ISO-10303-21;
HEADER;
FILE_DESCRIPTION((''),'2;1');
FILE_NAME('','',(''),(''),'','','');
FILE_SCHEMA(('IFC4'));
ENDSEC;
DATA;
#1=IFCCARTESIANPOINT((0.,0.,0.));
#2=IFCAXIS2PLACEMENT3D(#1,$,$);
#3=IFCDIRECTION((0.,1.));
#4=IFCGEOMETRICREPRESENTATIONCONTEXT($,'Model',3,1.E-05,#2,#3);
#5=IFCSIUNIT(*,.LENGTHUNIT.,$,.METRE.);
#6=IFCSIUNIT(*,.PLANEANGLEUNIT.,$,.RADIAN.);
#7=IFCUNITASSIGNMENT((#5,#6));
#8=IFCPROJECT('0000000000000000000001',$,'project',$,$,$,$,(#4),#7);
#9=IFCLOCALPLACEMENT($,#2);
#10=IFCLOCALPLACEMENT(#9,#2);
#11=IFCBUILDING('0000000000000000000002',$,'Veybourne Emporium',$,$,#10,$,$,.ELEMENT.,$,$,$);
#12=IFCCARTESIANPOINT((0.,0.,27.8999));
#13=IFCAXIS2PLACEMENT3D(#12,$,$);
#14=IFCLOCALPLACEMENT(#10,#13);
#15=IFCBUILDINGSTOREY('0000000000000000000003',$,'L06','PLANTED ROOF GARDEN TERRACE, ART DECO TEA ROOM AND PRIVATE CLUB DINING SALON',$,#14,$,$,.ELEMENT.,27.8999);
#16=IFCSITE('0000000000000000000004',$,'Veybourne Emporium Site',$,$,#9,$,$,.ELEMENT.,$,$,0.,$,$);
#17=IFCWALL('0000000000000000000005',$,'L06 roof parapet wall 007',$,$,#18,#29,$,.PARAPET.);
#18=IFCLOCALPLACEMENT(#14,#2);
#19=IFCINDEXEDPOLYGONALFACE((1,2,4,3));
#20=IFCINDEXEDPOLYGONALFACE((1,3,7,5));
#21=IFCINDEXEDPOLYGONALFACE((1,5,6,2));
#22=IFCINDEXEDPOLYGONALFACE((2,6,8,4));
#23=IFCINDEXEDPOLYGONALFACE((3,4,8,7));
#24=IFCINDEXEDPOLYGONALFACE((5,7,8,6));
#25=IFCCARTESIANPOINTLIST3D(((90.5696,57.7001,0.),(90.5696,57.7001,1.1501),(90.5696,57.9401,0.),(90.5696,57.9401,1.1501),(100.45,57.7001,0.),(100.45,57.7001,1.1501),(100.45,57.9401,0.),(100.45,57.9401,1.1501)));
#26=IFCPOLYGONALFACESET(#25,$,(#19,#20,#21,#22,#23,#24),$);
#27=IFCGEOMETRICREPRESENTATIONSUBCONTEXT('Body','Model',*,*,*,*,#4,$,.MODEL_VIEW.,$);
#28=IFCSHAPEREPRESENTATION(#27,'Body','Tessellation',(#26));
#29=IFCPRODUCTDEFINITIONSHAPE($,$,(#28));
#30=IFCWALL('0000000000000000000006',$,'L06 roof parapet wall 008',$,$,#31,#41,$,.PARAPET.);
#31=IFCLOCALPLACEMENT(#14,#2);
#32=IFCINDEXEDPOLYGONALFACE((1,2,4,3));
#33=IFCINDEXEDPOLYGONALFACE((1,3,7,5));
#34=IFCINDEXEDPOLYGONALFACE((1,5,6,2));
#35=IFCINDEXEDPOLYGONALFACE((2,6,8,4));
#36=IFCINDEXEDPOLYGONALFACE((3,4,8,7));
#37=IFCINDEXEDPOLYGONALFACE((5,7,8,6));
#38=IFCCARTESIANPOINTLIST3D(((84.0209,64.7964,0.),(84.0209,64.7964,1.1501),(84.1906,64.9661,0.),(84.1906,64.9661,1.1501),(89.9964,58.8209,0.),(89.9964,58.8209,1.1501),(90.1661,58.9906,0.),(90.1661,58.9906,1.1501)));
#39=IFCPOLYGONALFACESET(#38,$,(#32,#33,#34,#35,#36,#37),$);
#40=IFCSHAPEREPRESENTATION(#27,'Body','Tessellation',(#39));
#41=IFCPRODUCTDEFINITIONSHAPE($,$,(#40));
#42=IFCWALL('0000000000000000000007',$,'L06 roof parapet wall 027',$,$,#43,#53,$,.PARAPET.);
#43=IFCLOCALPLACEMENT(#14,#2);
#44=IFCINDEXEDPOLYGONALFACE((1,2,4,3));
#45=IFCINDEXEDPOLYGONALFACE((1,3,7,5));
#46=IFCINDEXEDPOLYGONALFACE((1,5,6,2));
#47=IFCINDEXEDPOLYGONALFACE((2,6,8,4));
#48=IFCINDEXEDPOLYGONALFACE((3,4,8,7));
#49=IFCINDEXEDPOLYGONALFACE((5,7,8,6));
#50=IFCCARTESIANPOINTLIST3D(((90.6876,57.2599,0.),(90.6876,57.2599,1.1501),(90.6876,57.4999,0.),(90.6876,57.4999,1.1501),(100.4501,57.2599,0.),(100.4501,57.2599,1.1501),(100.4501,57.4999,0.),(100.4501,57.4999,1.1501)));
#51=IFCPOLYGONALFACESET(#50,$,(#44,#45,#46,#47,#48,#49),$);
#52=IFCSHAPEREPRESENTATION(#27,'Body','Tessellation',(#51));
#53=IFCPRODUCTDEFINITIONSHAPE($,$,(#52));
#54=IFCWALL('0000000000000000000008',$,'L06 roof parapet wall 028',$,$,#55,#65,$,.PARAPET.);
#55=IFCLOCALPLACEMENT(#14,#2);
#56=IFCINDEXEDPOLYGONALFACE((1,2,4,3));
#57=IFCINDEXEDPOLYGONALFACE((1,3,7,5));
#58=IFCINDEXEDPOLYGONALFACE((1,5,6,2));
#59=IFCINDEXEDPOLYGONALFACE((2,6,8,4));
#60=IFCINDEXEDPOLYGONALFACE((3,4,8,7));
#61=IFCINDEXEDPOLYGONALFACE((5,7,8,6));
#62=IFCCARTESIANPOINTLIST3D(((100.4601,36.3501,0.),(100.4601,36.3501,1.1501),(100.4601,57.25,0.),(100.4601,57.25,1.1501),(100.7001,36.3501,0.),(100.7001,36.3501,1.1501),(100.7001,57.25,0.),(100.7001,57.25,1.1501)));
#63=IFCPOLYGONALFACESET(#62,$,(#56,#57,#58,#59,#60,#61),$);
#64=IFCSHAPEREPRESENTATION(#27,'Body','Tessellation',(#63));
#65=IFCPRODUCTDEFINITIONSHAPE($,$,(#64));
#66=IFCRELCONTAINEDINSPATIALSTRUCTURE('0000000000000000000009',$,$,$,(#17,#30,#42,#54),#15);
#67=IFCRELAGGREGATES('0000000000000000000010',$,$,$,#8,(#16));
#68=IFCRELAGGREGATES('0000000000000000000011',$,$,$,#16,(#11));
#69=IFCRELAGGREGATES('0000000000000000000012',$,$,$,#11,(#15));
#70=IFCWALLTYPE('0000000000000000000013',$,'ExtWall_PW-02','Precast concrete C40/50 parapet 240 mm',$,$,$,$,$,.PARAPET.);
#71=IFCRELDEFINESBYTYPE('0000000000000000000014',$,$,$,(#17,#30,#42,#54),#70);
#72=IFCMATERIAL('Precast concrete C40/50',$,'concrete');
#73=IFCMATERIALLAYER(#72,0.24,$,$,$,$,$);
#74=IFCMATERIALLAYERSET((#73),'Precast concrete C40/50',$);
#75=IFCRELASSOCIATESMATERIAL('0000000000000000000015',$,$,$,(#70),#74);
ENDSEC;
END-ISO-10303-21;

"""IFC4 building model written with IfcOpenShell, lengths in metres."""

from ifc_helpers import new_model, si_unit, direction, frame, frame_2d, origin, place, context, subcontext, project, spatial, rectangle, extrude, material, layer, layer_set, type_object, element, save


model = new_model("IFC4")

# Units and contexts
model_context = context("Model", 3, precision=1e-05, world=origin(), true_north=direction((0.0, 1.0)))
body_context = subcontext(model_context, "Body", "Model", "MODEL_VIEW")
ifc_project = project(units=[si_unit("LENGTHUNIT", "METRE"), si_unit("PLANEANGLEUNIT", "RADIAN")], contexts=[model_context])

# Site, building, storey
site_placement = place(None, origin())
site = spatial("IfcSite", under=ifc_project, at=site_placement, Name="Veybourne Emporium Site", CompositionType="ELEMENT", RefElevation=0.0)
building_placement = place(site_placement, origin())
building = spatial("IfcBuilding", under=site, at=building_placement, Name="Veybourne Emporium", CompositionType="ELEMENT")
storey_placement = place(building_placement, frame((0.0, 0.0, 27.8999)))
storey = spatial("IfcBuildingStorey", under=building, at=storey_placement, Name="L06", Description="PLANTED ROOF GARDEN TERRACE, ART DECO TEA ROOM AND PRIVATE CLUB DINING SALON", CompositionType="ELEMENT", Elevation=27.8999)

# Walls
ifc_material_1 = material(Name="Precast concrete C40/50", Category="concrete")
ifc_layer_1 = layer(ifc_material_1, 0.24)
ifc_layer_set_1 = layer_set([ifc_layer_1], Name="Precast concrete C40/50")
wall_type = type_object("IfcWallType", Name="ExtWall_PW-02", Description="Precast concrete C40/50 parapet 240 mm", PredefinedType="PARAPET", material=ifc_layer_set_1)
wall_1_placement = place(storey_placement, frame((100.45, 57.8201, 0.0), z_axis=(0.0, 0.0, 1.0), x_axis=(-1.0, 0.0, 0.0)))
element("IfcWall", 1, at=wall_1_placement, inside=storey, type_object=wall_type, Name="L06 roof parapet wall 007", PredefinedType="PARAPET", context=body_context, shape_type="SweptSolid", body=[
    extrude(rectangle(XDim=9.8804, YDim=0.24, at=frame_2d((4.9402, 0.0))), origin(), (0.0, 0.0, 1.0), 1.1501),
])
wall_2_placement = place(storey_placement, frame((90.0813, 58.9058, 0.0), z_axis=(0.0, 0.0, 1.0), x_axis=(-0.707107, 0.707107, 0.0)))
element("IfcWall", 2, at=wall_2_placement, inside=storey, type_object=wall_type, Name="L06 roof parapet wall 008", PredefinedType="PARAPET", context=body_context, shape_type="SweptSolid", body=[
    extrude(rectangle(XDim=8.4507, YDim=0.24, at=frame_2d((4.2253, 0.0))), origin(), (0.0, 0.0, 1.0), 1.1501),
])
wall_3_placement = place(storey_placement, frame((90.6875, 57.3799, 0.0), z_axis=(0.0, 0.0, 1.0), x_axis=(1.0, 0.0, 0.0)))
element("IfcWall", 3, at=wall_3_placement, inside=storey, type_object=wall_type, Name="L06 roof parapet wall 027", PredefinedType="PARAPET", context=body_context, shape_type="SweptSolid", body=[
    extrude(rectangle(XDim=9.7625, YDim=0.24, at=frame_2d((4.8813, 0.0))), origin(), (0.0, 0.0, 1.0), 1.1501),
])
wall_4_placement = place(storey_placement, frame((100.5801, 57.25, 0.0), z_axis=(0.0, 0.0, 1.0), x_axis=(0.0, -1.0, 0.0)))
element("IfcWall", 4, at=wall_4_placement, inside=storey, type_object=wall_type, Name="L06 roof parapet wall 028", PredefinedType="PARAPET", context=body_context, shape_type="SweptSolid", body=[
    extrude(rectangle(XDim=20.8999, YDim=0.24, at=frame_2d((10.45, 0.0))), origin(), (0.0, 0.0, 1.0), 1.1501),
])

save(model, "model.ifc")
